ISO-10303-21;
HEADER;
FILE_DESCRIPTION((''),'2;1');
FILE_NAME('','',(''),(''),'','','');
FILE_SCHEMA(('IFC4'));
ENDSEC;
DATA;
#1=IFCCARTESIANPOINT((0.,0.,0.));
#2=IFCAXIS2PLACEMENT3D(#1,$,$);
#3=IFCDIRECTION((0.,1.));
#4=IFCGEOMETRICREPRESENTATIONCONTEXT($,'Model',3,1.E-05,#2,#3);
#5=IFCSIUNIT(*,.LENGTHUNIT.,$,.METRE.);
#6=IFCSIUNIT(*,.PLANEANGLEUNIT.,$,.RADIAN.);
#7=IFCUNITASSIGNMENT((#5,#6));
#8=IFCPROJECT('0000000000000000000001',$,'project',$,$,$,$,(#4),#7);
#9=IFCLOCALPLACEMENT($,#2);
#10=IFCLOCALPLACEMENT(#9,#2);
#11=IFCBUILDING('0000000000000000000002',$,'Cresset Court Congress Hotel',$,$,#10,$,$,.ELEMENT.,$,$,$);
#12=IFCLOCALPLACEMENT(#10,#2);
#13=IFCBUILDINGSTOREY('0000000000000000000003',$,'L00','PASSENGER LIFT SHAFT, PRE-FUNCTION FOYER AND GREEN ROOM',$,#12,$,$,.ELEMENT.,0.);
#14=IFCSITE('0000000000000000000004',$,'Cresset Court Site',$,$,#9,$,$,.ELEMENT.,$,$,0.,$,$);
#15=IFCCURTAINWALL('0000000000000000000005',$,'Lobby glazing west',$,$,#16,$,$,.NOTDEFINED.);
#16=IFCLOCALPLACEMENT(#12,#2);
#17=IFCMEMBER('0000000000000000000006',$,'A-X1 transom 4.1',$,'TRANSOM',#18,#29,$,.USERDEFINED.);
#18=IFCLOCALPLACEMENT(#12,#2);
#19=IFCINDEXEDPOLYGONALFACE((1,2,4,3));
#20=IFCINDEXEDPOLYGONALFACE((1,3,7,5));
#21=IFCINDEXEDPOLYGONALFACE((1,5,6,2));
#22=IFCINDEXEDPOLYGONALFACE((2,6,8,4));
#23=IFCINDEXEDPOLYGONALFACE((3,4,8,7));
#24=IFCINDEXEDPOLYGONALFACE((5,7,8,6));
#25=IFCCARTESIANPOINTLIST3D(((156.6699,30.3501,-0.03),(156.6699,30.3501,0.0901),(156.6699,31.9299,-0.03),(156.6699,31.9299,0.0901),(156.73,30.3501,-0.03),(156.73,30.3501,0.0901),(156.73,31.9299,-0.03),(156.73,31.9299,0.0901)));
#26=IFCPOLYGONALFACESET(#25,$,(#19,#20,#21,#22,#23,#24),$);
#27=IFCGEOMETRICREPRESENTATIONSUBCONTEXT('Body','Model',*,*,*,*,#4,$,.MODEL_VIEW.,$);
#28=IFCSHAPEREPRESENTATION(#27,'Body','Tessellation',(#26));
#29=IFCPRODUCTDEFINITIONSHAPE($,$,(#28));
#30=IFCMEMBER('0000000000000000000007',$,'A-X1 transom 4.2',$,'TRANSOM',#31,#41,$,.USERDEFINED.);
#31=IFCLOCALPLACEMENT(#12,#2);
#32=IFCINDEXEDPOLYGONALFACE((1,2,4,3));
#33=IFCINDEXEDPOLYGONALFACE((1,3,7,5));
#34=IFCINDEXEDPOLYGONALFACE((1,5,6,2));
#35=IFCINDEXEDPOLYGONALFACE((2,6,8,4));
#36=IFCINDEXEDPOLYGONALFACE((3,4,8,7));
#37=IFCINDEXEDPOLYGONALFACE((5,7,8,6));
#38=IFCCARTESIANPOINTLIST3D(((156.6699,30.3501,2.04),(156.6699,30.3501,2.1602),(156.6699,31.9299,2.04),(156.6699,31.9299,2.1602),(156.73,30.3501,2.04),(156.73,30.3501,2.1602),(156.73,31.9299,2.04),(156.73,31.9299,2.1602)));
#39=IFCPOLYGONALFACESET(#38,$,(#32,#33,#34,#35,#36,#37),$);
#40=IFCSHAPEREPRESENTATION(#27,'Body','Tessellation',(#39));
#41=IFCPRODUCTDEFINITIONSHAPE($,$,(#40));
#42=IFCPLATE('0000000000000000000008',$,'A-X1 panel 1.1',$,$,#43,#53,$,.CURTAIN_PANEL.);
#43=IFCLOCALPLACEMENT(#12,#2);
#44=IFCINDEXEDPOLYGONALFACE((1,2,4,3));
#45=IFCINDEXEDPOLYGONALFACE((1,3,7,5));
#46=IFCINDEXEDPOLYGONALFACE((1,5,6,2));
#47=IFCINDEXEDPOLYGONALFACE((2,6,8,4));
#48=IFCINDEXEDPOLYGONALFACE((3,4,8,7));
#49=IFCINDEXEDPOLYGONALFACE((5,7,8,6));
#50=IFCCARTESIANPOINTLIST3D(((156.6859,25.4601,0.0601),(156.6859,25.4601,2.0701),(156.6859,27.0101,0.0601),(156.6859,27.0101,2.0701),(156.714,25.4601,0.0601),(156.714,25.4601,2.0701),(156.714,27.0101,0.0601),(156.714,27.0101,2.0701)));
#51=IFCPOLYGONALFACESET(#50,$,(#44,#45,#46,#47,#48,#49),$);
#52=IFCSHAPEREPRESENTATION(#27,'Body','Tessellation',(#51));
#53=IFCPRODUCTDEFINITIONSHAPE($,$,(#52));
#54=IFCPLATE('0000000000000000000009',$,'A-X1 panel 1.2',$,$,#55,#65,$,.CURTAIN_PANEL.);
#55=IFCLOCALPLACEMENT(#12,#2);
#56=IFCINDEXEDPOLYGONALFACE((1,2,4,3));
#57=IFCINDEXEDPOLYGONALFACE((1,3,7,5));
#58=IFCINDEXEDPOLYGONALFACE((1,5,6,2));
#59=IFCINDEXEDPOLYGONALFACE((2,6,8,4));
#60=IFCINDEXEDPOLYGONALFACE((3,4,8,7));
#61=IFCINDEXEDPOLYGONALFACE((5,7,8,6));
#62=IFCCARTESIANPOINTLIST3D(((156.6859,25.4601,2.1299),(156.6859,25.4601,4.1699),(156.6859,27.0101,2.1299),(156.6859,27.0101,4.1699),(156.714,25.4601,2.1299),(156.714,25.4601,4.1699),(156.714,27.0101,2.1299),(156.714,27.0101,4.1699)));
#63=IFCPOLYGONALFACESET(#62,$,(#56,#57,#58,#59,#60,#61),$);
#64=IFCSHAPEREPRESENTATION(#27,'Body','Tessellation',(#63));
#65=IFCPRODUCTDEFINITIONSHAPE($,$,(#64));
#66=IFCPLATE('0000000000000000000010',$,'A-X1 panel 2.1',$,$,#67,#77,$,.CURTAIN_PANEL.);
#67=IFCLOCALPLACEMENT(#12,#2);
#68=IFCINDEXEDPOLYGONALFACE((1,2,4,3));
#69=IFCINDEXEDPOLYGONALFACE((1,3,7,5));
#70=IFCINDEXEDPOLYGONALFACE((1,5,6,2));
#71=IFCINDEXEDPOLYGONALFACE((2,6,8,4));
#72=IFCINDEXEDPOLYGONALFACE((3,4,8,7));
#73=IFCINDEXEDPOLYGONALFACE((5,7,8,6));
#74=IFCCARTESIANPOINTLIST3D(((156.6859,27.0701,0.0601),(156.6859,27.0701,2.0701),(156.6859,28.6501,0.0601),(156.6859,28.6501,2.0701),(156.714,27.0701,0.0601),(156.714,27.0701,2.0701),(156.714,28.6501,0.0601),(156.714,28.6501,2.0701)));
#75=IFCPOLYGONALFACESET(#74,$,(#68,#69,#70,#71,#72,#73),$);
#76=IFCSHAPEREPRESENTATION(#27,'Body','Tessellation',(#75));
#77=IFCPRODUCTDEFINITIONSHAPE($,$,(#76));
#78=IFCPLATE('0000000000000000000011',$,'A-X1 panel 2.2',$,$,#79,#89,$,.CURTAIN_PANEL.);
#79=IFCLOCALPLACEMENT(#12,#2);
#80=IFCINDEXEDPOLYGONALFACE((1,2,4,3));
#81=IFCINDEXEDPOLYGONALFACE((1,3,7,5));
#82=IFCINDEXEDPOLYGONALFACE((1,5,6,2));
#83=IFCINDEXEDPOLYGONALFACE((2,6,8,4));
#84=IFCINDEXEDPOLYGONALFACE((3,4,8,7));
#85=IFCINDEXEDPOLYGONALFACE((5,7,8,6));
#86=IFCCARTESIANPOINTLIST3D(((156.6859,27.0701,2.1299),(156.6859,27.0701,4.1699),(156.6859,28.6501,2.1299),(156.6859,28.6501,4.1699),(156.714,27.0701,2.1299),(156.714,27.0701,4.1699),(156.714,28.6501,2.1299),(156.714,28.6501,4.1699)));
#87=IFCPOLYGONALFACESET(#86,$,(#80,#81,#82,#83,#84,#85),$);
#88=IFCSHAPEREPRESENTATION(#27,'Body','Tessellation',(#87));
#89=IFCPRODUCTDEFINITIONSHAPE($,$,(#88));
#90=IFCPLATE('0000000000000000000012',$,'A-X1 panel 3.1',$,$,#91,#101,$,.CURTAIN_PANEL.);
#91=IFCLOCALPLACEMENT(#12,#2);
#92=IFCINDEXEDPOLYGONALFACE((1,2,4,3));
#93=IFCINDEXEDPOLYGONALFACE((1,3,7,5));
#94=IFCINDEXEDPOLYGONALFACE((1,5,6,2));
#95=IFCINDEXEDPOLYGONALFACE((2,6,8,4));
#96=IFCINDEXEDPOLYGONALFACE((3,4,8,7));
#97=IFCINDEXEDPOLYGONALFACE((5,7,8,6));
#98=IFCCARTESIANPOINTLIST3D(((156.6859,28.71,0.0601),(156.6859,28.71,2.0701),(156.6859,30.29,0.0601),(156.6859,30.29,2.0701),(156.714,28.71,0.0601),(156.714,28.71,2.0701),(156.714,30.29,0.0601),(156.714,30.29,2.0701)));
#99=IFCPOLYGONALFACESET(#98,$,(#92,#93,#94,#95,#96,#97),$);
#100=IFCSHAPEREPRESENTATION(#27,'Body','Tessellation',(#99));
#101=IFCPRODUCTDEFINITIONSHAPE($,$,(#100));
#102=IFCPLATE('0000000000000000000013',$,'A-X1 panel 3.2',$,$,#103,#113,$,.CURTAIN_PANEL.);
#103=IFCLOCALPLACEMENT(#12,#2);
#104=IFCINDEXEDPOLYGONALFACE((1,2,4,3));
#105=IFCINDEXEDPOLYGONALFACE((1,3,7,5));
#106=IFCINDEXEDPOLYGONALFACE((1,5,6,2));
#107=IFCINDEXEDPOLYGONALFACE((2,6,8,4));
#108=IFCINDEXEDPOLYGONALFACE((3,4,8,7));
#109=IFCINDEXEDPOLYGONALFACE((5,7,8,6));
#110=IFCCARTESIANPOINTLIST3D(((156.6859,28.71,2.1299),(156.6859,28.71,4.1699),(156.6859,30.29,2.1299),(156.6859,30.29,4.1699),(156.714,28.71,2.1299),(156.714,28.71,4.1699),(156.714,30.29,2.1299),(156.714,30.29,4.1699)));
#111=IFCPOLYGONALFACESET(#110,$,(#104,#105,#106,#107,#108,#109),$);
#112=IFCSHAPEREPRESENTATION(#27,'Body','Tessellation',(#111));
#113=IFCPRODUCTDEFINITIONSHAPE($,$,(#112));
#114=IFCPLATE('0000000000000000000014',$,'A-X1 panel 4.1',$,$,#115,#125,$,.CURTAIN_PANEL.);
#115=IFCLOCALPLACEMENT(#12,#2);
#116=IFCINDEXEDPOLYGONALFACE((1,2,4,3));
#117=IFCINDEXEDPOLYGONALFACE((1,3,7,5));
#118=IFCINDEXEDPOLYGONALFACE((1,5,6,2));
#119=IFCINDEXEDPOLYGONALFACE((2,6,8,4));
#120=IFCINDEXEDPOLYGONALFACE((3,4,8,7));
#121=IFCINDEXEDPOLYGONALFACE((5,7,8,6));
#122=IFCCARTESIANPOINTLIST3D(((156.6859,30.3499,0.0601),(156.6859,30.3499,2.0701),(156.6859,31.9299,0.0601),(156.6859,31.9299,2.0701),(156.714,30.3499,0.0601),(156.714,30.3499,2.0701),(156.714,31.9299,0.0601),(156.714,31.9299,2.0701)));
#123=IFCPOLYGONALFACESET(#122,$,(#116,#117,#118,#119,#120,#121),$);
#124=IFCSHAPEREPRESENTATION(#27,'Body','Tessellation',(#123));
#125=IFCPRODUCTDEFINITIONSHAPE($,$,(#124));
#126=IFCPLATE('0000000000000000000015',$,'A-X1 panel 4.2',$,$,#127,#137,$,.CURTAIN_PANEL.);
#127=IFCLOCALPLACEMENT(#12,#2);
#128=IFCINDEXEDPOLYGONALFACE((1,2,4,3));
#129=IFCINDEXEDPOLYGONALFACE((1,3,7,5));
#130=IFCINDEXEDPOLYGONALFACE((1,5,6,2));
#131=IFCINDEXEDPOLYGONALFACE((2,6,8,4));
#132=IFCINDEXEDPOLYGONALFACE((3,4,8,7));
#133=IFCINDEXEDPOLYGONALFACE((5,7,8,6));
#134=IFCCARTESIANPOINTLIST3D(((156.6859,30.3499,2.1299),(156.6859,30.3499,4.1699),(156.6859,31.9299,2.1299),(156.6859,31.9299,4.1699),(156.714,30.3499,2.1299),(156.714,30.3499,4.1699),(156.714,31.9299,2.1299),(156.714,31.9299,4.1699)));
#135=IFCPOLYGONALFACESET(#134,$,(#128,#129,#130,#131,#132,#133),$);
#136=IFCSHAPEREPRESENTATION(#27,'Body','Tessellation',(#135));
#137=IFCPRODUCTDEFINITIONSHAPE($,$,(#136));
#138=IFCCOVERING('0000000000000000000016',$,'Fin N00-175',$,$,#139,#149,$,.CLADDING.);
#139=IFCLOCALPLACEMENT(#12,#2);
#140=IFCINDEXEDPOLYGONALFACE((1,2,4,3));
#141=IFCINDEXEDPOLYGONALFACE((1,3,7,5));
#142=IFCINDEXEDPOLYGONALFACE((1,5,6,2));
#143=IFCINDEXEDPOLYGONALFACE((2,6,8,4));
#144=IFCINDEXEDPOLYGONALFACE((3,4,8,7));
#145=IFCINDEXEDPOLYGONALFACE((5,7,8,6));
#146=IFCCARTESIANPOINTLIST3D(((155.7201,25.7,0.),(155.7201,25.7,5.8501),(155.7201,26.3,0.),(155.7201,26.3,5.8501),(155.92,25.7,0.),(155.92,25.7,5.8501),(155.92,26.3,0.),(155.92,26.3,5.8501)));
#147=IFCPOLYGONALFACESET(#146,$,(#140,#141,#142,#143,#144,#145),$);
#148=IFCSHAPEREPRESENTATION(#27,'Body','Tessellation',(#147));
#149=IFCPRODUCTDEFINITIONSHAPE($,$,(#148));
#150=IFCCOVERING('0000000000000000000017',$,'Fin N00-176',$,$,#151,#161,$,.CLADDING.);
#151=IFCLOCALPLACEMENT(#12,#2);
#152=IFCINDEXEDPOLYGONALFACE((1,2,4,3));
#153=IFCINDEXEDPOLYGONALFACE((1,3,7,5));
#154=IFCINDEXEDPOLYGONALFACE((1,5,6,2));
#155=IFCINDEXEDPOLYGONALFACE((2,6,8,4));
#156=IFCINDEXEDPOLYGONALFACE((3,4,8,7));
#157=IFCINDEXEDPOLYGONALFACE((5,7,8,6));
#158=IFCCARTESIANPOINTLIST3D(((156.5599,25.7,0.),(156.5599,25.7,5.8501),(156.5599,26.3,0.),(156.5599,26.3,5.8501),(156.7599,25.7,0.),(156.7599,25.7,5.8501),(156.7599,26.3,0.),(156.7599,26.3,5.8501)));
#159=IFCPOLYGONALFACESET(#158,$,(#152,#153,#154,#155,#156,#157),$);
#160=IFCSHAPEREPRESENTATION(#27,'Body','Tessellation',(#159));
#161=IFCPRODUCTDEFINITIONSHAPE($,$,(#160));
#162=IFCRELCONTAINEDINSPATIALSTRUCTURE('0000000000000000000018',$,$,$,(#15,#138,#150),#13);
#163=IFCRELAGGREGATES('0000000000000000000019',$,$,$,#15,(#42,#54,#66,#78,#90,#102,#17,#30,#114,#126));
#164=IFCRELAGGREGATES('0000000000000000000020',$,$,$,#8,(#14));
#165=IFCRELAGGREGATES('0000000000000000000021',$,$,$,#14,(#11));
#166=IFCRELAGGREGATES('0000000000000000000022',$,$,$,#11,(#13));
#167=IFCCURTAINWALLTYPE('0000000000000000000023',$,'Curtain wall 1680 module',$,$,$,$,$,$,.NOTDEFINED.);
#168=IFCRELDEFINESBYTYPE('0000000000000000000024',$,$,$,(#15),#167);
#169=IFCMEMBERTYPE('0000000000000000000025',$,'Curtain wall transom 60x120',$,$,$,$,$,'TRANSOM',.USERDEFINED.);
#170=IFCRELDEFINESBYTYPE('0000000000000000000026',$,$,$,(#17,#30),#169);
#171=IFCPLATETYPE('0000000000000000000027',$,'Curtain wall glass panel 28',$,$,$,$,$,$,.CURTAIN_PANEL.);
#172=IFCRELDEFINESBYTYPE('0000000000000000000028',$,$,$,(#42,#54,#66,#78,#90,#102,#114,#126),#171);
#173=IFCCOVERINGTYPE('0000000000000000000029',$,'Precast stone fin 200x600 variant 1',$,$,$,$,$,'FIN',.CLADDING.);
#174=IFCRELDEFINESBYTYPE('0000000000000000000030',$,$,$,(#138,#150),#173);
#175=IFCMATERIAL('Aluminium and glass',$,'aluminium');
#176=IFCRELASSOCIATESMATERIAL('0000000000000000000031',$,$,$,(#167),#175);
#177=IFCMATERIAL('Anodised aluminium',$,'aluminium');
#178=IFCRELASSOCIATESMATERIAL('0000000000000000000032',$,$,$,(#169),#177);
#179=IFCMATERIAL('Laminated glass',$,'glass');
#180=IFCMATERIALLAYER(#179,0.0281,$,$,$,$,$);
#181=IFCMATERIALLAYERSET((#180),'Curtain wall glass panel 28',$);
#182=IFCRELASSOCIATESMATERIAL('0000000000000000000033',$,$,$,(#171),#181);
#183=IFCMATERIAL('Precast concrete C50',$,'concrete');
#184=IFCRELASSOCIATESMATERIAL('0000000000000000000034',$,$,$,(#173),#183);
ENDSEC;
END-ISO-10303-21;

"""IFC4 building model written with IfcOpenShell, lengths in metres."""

from ifc_helpers import new_model, si_unit, direction, frame, origin, origin_2d, place, context, subcontext, project, spatial, rectangle, extrude, material, layer, layer_set, material_profile, profile_set, type_object, element, aggregate, save


model = new_model("IFC4")

# Units and contexts
model_context = context("Model", 3, precision=1e-05, world=origin(), true_north=direction((0.0, 1.0)))
body_context = subcontext(model_context, "Body", "Model", "MODEL_VIEW")
ifc_project = project(units=[si_unit("LENGTHUNIT", "METRE"), si_unit("PLANEANGLEUNIT", "RADIAN")], contexts=[model_context])

# Site, building, storey
site_placement = place(None, origin())
site = spatial("IfcSite", under=ifc_project, at=site_placement, Name="Cresset Court Site", CompositionType="ELEMENT", RefElevation=0.0)
building_placement = place(site_placement, origin())
building = spatial("IfcBuilding", under=site, at=building_placement, Name="Cresset Court Congress Hotel", CompositionType="ELEMENT")
storey_placement = place(building_placement, origin())
storey = spatial("IfcBuildingStorey", under=building, at=storey_placement, Name="L00", Description="PASSENGER LIFT SHAFT, PRE-FUNCTION FOYER AND GREEN ROOM", CompositionType="ELEMENT", Elevation=0.0)

# Curtain wall, members, plates
ifc_material_1 = material(Name="Aluminium and glass", Category="aluminium")
curtain_wall_type = type_object("IfcCurtainWallType", Name="Curtain wall 1680 module", PredefinedType="NOTDEFINED", material=ifc_material_1)
curtain_wall_placement = place(storey_placement, origin())
curtain_wall = element("IfcCurtainWall", 1, at=curtain_wall_placement, inside=storey, type_object=curtain_wall_type, Name="Lobby glazing west", PredefinedType="NOTDEFINED")
ifc_material_2 = material(Name="Anodised aluminium", Category="aluminium")
ifc_material_profile_1 = material_profile(ifc_material_2, rectangle(XDim=0.0601, YDim=0.1201, at=origin_2d()), Name="AL60x120")
ifc_profile_set_1 = profile_set([ifc_material_profile_1], Name="Anodised aluminium")
member_type_1 = type_object("IfcMemberType", Name="Curtain wall transom 60x120", ElementType="TRANSOM", PredefinedType="USERDEFINED", material=ifc_profile_set_1)
member_1_placement = place(storey_placement, frame((156.7, 30.3501, 0.03), z_axis=(0.0, 1.0, 0.0), x_axis=(-1.0, 0.0, 0.0)))
member_1 = element("IfcMember", 2, at=member_1_placement, type_object=member_type_1, Name="A-X1 transom 4.1", ObjectType="TRANSOM", PredefinedType="USERDEFINED", context=body_context, shape_type="SweptSolid", body=[
    extrude(rectangle(XDim=0.0601, YDim=0.1201, at=origin_2d()), origin(), (0.0, 0.0, 1.0), 1.5798),
])
member_2_placement = place(storey_placement, frame((156.7, 30.3501, 2.1001), z_axis=(0.0, 1.0, 0.0), x_axis=(-1.0, 0.0, 0.0)))
member_2 = element("IfcMember", 3, at=member_2_placement, type_object=member_type_1, Name="A-X1 transom 4.2", ObjectType="TRANSOM", PredefinedType="USERDEFINED", context=body_context, shape_type="SweptSolid", body=[
    extrude(rectangle(XDim=0.0601, YDim=0.1201, at=origin_2d()), origin(), (0.0, 0.0, 1.0), 1.5798),
])
ifc_material_3 = material(Name="Laminated glass", Category="glass")
ifc_layer = layer(ifc_material_3, 0.0281)
ifc_layer_set = layer_set([ifc_layer], Name="Curtain wall glass panel 28")
plate_type = type_object("IfcPlateType", Name="Curtain wall glass panel 28", PredefinedType="CURTAIN_PANEL", material=ifc_layer_set)
plate_1_placement = place(storey_placement, frame((156.7, 26.2351, 0.0601), z_axis=(0.0, 0.0, 1.0), x_axis=(0.0, 1.0, 0.0)))
plate_1 = element("IfcPlate", 4, at=plate_1_placement, type_object=plate_type, Name="A-X1 panel 1.1", PredefinedType="CURTAIN_PANEL", context=body_context, shape_type="SweptSolid", body=[
    extrude(rectangle(XDim=1.55, YDim=0.0281, at=origin_2d()), origin(), (0.0, 0.0, 1.0), 2.01),
])
plate_2_placement = place(storey_placement, frame((156.7, 26.2351, 2.1299), z_axis=(0.0, 0.0, 1.0), x_axis=(0.0, 1.0, 0.0)))
plate_2 = element("IfcPlate", 5, at=plate_2_placement, type_object=plate_type, Name="A-X1 panel 1.2", PredefinedType="CURTAIN_PANEL", context=body_context, shape_type="SweptSolid", body=[
    extrude(rectangle(XDim=1.55, YDim=0.0281, at=origin_2d()), origin(), (0.0, 0.0, 1.0), 2.04),
])
plate_3_placement = place(storey_placement, frame((156.7, 27.8601, 0.0601), z_axis=(0.0, 0.0, 1.0), x_axis=(0.0, 1.0, 0.0)))
plate_3 = element("IfcPlate", 6, at=plate_3_placement, type_object=plate_type, Name="A-X1 panel 2.1", PredefinedType="CURTAIN_PANEL", context=body_context, shape_type="SweptSolid", body=[
    extrude(rectangle(XDim=1.5801, YDim=0.0281, at=origin_2d()), origin(), (0.0, 0.0, 1.0), 2.01),
])
plate_4_placement = place(storey_placement, frame((156.7, 27.8601, 2.1299), z_axis=(0.0, 0.0, 1.0), x_axis=(0.0, 1.0, 0.0)))
plate_4 = element("IfcPlate", 7, at=plate_4_placement, type_object=plate_type, Name="A-X1 panel 2.2", PredefinedType="CURTAIN_PANEL", context=body_context, shape_type="SweptSolid", body=[
    extrude(rectangle(XDim=1.5801, YDim=0.0281, at=origin_2d()), origin(), (0.0, 0.0, 1.0), 2.04),
])
plate_5_placement = place(storey_placement, frame((156.7, 29.5, 0.0601), z_axis=(0.0, 0.0, 1.0), x_axis=(0.0, 1.0, 0.0)))
plate_5 = element("IfcPlate", 8, at=plate_5_placement, type_object=plate_type, Name="A-X1 panel 3.1", PredefinedType="CURTAIN_PANEL", context=body_context, shape_type="SweptSolid", body=[
    extrude(rectangle(XDim=1.5801, YDim=0.0281, at=origin_2d()), origin(), (0.0, 0.0, 1.0), 2.01),
])
plate_6_placement = place(storey_placement, frame((156.7, 29.5, 2.1299), z_axis=(0.0, 0.0, 1.0), x_axis=(0.0, 1.0, 0.0)))
plate_6 = element("IfcPlate", 9, at=plate_6_placement, type_object=plate_type, Name="A-X1 panel 3.2", PredefinedType="CURTAIN_PANEL", context=body_context, shape_type="SweptSolid", body=[
    extrude(rectangle(XDim=1.5801, YDim=0.0281, at=origin_2d()), origin(), (0.0, 0.0, 1.0), 2.04),
])
plate_7_placement = place(storey_placement, frame((156.7, 31.1399, 0.0601), z_axis=(0.0, 0.0, 1.0), x_axis=(0.0, 1.0, 0.0)))
plate_7 = element("IfcPlate", 10, at=plate_7_placement, type_object=plate_type, Name="A-X1 panel 4.1", PredefinedType="CURTAIN_PANEL", context=body_context, shape_type="SweptSolid", body=[
    extrude(rectangle(XDim=1.5801, YDim=0.0281, at=origin_2d()), origin(), (0.0, 0.0, 1.0), 2.01),
])
plate_8_placement = place(storey_placement, frame((156.7, 31.1399, 2.1299), z_axis=(0.0, 0.0, 1.0), x_axis=(0.0, 1.0, 0.0)))
plate_8 = element("IfcPlate", 11, at=plate_8_placement, type_object=plate_type, Name="A-X1 panel 4.2", PredefinedType="CURTAIN_PANEL", context=body_context, shape_type="SweptSolid", body=[
    extrude(rectangle(XDim=1.5801, YDim=0.0281, at=origin_2d()), origin(), (0.0, 0.0, 1.0), 2.04),
])
aggregate(curtain_wall, [plate_1, plate_2, plate_3, plate_4, plate_5, plate_6, member_1, member_2, plate_7, plate_8])

# Coverings
ifc_material_4 = material(Name="Precast concrete C50", Category="concrete")
covering_type = type_object("IfcCoveringType", Name="Precast stone fin 200x600 variant 1", ElementType="FIN", PredefinedType="CLADDING", material=ifc_material_4)
for number, where, z_axis, x_axis, name in (
    (12, (155.8201, 26.0, 0.0), (0.0, 0.0, 1.0), (1.0, 0.0, 0.0), "Fin N00-175"),
    (13, (156.6599, 26.0, 0.0), (0.0, 0.0, 1.0), (1.0, 0.0, 0.0), "Fin N00-176"),
):
    element("IfcCovering", number, at=place(storey_placement, frame(where, z_axis=z_axis, x_axis=x_axis)), inside=storey, type_object=covering_type, Name=name, PredefinedType="CLADDING", context=body_context, shape_type="SweptSolid", body=[
        extrude(rectangle(XDim=0.2, YDim=0.6001, at=origin_2d()), origin(), (0.0, 0.0, 1.0), 5.8501),
    ])

save(model, "model.ifc")
